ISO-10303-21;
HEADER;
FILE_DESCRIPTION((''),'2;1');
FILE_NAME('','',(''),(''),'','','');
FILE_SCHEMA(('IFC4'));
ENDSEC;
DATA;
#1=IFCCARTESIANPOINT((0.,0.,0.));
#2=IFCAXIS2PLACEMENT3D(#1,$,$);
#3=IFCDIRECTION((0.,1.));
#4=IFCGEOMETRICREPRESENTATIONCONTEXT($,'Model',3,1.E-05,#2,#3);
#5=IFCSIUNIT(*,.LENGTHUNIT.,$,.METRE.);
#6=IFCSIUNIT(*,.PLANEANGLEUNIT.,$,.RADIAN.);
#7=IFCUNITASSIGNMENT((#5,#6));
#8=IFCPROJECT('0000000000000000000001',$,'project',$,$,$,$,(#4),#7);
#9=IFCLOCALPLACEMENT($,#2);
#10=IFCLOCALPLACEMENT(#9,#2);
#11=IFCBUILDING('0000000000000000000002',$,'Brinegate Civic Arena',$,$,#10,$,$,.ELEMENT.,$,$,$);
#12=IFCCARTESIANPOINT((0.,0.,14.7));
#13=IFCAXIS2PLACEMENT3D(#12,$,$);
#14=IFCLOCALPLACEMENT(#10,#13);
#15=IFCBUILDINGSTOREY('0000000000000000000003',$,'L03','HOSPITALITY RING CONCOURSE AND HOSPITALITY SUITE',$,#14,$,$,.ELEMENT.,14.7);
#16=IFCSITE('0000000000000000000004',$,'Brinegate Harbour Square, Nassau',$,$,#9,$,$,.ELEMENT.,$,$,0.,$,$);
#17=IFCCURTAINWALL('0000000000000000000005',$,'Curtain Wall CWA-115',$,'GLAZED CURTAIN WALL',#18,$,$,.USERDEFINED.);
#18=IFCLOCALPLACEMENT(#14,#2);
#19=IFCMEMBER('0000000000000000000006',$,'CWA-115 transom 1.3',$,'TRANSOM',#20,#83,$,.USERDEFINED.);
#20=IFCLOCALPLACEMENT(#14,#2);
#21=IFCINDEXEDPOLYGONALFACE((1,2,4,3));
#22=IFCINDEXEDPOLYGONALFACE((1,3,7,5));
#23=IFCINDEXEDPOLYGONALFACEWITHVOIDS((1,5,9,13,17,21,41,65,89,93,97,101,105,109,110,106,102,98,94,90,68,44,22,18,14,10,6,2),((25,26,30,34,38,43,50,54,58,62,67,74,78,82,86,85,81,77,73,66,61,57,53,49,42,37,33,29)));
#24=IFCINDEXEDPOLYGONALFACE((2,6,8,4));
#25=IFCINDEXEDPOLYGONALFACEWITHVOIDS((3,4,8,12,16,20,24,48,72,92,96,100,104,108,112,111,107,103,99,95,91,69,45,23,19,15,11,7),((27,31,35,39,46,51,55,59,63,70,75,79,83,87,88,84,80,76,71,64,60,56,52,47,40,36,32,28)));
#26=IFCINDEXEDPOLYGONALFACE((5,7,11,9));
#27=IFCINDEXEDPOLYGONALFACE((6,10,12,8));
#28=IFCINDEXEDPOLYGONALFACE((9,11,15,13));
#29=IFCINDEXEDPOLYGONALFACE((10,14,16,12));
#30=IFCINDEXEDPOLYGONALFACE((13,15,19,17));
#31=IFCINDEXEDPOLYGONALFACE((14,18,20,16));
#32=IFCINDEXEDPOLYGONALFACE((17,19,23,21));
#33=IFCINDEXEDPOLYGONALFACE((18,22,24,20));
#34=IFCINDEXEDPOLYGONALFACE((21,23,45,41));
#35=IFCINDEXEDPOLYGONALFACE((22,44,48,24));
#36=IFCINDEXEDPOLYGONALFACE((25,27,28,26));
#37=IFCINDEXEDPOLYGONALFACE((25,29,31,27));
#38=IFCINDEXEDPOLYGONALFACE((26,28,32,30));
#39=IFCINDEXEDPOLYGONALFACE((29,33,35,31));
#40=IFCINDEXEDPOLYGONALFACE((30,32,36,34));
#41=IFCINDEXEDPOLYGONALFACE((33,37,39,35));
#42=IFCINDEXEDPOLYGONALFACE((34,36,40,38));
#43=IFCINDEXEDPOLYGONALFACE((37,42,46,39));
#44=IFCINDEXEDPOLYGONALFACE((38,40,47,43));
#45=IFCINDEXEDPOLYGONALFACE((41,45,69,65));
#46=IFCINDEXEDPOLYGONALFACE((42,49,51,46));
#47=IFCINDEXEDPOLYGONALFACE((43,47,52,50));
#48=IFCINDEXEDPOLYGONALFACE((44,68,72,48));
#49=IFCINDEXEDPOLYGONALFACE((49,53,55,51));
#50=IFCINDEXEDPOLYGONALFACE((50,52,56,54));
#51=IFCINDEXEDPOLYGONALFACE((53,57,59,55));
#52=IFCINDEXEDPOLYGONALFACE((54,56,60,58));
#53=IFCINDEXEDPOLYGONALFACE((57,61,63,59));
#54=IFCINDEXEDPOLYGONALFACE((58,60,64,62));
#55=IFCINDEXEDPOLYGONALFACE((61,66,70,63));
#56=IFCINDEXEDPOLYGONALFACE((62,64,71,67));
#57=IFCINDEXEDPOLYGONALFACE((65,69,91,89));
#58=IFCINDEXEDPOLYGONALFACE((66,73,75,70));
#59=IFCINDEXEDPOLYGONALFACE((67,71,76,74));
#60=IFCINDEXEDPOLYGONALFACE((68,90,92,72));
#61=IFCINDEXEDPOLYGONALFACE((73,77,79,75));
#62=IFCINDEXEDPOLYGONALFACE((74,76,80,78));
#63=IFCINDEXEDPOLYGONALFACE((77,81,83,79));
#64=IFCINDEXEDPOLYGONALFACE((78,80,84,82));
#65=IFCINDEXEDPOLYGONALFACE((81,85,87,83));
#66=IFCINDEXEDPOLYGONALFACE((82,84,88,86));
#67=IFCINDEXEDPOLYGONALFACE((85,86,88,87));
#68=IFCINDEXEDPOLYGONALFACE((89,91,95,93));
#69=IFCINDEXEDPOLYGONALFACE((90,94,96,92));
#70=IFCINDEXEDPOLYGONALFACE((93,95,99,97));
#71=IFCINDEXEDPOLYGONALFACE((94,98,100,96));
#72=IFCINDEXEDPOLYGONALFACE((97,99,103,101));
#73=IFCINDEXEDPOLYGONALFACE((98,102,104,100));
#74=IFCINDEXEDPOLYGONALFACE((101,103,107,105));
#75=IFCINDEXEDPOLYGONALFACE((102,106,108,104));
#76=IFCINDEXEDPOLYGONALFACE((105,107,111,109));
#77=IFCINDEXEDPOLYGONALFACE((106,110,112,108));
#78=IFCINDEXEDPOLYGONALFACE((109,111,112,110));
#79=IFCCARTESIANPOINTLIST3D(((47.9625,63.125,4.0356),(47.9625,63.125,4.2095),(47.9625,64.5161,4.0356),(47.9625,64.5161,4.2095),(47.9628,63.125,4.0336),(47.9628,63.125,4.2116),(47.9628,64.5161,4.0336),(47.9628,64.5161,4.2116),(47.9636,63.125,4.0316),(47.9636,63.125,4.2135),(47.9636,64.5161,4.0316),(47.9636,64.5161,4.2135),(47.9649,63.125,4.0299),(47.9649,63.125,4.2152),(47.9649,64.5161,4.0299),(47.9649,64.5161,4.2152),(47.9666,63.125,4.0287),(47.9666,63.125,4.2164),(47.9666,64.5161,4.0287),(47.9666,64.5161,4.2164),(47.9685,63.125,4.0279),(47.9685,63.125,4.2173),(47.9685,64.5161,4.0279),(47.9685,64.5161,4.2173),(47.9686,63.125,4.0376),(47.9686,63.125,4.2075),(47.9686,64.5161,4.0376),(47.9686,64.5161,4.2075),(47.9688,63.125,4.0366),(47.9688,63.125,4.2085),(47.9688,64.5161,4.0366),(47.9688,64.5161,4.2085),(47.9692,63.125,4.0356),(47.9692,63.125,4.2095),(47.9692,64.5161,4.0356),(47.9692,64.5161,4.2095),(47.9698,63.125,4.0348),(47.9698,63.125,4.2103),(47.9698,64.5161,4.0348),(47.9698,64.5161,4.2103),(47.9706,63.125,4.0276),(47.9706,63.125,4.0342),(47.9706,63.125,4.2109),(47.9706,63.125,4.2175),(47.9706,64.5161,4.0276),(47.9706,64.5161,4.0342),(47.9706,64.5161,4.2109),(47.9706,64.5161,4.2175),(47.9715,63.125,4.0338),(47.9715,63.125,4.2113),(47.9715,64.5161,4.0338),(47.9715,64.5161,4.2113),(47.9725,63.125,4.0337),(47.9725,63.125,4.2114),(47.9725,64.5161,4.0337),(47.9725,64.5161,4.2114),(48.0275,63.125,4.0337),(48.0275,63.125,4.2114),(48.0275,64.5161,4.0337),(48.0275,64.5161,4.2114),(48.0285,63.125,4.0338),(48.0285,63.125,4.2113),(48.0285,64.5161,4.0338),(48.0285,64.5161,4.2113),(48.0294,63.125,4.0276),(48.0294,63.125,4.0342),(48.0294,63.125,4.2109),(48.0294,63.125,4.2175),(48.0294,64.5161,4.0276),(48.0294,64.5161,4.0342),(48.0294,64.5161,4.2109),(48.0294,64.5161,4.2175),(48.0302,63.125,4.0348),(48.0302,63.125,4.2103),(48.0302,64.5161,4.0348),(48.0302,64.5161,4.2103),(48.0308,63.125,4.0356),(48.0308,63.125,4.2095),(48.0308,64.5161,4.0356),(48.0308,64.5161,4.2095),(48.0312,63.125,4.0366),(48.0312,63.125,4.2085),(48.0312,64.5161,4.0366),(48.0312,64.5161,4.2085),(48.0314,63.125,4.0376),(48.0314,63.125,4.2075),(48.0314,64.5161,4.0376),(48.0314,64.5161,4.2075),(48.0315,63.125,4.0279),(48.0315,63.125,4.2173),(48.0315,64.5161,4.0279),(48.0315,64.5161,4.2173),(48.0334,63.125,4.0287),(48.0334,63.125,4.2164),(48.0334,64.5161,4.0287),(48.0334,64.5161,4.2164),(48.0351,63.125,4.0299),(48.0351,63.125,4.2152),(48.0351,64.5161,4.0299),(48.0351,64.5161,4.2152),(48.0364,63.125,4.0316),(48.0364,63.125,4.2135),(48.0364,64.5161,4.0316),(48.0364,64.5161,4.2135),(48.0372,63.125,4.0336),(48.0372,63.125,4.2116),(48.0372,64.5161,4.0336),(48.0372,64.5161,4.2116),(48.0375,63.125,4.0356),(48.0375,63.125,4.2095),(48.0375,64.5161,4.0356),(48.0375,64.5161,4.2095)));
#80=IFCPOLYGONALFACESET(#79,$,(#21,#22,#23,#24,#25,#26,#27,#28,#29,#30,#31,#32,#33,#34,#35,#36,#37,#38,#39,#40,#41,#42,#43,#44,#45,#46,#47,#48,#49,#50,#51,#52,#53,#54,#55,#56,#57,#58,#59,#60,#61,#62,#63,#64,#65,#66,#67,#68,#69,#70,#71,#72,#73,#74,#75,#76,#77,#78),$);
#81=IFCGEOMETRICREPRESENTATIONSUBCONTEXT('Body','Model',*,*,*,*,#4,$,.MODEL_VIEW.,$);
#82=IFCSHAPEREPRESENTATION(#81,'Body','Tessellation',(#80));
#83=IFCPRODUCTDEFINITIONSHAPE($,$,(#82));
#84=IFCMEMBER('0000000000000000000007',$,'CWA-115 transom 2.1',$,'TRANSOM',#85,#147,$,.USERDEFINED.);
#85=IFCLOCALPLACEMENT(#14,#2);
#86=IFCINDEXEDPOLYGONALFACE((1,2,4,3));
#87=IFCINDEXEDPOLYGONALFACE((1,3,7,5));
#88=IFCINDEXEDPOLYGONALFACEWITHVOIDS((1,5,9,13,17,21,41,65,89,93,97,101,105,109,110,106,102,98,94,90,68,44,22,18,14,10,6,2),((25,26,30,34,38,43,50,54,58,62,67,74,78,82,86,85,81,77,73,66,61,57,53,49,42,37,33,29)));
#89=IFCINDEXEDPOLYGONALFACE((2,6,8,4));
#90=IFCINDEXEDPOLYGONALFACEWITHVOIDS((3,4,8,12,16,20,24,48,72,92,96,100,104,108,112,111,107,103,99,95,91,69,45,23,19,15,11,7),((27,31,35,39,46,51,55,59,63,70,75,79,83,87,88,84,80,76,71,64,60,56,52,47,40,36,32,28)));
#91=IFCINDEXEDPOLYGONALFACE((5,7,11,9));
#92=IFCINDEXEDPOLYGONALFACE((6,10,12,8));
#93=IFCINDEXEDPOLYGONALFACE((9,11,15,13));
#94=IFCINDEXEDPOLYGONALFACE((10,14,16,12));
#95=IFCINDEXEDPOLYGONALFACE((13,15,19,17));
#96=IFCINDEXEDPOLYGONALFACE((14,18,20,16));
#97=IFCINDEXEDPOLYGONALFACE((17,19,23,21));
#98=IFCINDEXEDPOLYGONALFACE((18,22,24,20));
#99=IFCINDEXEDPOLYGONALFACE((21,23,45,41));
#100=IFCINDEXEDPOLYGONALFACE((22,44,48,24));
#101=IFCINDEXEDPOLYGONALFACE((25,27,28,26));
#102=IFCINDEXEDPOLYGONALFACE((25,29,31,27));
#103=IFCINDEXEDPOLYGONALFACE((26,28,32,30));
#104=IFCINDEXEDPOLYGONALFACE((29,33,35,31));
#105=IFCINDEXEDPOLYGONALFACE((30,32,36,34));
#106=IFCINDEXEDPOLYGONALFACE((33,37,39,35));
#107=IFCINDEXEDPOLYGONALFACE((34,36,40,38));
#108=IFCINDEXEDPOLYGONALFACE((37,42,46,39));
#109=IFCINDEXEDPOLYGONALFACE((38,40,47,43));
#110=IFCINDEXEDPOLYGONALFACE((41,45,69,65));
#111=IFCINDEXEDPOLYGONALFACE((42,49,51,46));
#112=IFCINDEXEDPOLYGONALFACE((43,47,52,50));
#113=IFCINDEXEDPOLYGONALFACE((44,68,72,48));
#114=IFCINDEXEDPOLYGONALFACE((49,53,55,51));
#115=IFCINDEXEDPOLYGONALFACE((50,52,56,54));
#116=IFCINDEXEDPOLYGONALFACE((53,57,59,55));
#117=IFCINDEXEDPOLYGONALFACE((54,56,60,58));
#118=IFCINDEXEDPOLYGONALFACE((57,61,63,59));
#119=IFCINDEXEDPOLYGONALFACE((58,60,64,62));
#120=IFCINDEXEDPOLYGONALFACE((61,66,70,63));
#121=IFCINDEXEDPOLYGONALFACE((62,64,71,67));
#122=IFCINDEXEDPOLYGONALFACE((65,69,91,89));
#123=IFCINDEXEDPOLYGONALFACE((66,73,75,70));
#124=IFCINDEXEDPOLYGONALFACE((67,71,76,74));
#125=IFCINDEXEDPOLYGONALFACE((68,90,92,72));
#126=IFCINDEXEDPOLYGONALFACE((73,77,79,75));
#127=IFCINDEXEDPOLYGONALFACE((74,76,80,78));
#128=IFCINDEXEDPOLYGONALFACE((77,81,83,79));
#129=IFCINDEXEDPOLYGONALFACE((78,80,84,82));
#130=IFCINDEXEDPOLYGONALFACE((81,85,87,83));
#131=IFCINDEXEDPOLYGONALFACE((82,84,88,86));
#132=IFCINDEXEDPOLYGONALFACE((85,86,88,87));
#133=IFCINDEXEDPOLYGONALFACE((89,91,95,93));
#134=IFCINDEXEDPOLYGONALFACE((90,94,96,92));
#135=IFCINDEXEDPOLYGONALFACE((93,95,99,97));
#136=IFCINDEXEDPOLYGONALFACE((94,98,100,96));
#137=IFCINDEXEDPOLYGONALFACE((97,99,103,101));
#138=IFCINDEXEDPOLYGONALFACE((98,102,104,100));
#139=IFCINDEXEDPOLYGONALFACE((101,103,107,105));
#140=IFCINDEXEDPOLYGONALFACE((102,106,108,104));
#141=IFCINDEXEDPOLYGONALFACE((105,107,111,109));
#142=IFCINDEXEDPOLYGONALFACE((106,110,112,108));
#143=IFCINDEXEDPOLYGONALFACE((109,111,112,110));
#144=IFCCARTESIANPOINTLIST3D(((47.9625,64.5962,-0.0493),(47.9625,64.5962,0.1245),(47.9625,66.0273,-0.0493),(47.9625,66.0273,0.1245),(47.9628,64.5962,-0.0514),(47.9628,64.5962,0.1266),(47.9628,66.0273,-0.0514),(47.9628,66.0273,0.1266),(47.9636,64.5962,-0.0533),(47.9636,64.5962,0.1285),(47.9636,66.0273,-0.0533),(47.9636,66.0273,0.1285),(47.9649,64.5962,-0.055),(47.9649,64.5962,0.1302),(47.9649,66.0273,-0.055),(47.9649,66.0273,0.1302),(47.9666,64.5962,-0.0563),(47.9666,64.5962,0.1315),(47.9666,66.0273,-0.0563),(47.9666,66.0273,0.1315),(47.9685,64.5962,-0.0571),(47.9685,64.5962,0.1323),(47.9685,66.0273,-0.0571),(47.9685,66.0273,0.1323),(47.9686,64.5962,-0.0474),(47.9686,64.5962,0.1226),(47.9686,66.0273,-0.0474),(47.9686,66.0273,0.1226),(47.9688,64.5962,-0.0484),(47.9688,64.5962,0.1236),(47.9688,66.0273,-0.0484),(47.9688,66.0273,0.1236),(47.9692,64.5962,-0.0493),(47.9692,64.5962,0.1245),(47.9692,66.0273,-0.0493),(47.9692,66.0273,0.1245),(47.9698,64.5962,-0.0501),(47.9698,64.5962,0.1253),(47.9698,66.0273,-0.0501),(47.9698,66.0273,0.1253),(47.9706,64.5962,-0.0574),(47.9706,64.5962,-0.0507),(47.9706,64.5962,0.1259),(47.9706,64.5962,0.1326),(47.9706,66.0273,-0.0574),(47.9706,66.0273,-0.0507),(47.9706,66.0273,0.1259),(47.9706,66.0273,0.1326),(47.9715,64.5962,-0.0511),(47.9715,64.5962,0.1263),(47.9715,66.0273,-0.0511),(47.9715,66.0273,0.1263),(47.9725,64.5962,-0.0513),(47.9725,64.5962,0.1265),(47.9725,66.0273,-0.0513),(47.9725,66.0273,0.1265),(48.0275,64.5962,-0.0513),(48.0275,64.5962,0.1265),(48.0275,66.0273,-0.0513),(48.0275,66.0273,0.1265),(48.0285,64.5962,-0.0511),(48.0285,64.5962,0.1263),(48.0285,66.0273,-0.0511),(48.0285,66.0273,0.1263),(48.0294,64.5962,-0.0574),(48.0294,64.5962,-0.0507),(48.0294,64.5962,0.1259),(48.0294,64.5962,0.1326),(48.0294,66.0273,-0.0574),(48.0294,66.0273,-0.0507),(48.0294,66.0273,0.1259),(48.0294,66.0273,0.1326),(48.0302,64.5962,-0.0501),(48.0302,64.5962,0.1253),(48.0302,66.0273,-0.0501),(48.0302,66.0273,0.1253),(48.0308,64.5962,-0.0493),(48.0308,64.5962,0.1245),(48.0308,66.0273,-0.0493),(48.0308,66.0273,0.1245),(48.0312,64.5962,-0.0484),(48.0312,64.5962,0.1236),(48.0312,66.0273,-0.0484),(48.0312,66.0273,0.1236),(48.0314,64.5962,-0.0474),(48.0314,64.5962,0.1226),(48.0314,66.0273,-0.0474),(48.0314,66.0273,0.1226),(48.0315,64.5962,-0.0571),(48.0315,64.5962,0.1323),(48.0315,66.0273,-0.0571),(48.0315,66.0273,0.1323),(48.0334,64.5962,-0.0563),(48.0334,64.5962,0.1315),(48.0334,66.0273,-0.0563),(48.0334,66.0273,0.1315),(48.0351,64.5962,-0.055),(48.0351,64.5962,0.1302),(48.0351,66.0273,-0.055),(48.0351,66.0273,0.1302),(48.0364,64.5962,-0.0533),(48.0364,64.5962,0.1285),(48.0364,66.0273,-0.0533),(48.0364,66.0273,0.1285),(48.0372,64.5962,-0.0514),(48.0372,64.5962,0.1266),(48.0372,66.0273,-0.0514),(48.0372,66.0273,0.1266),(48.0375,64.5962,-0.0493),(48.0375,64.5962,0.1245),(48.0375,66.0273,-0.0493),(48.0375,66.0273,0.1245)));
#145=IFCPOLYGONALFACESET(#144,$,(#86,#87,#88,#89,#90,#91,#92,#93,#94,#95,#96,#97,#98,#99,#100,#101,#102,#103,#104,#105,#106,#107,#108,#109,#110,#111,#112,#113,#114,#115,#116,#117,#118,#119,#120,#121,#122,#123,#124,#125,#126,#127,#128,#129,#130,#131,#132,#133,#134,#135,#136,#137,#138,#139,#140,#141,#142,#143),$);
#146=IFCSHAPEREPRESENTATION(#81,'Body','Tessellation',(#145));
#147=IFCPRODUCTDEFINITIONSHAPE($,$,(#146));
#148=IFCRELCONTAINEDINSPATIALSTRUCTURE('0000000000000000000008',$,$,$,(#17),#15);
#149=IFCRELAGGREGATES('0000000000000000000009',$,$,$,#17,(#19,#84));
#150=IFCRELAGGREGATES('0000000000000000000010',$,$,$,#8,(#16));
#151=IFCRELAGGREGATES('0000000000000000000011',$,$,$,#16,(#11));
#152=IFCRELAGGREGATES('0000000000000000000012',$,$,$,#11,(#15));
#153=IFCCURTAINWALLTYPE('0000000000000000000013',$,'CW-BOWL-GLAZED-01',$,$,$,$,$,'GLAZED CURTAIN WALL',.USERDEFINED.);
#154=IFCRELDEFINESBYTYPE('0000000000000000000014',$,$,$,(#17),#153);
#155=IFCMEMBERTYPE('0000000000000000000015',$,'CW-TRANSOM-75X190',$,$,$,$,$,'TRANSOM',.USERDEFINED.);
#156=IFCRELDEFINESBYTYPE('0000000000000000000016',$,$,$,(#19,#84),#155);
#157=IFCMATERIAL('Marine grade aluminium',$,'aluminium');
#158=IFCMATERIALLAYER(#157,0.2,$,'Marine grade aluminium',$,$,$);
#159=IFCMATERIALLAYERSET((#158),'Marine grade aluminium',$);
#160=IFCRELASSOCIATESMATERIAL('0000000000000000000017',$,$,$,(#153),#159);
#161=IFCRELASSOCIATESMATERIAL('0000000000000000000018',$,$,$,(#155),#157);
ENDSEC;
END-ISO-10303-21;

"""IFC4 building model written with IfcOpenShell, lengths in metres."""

from ifc_helpers import new_model, si_unit, direction, frame, origin, origin_2d, place, context, subcontext, project, spatial, hollow_rectangle, extrude, material, layer, layer_set, material_profile, profile_set, type_object, element, aggregate, save


model = new_model("IFC4")

# Units and contexts
model_context = context("Model", 3, precision=1e-05, world=origin(), true_north=direction((0.0, 1.0)))
body_context = subcontext(model_context, "Body", "Model", "MODEL_VIEW")
ifc_project = project(units=[si_unit("LENGTHUNIT", "METRE"), si_unit("PLANEANGLEUNIT", "RADIAN")], contexts=[model_context])

# Site, building, storey
site_placement = place(None, origin())
site = spatial("IfcSite", under=ifc_project, at=site_placement, Name="Brinegate Harbour Square, Nassau", CompositionType="ELEMENT", RefElevation=0.0)
building_placement = place(site_placement, origin())
building = spatial("IfcBuilding", under=site, at=building_placement, Name="Brinegate Civic Arena", CompositionType="ELEMENT")
storey_placement = place(building_placement, frame((0.0, 0.0, 14.7)))
storey = spatial("IfcBuildingStorey", under=building, at=storey_placement, Name="L03", Description="HOSPITALITY RING CONCOURSE AND HOSPITALITY SUITE", CompositionType="ELEMENT", Elevation=14.7)

# Curtain wall
ifc_material_1 = material(Name="Marine grade aluminium", Category="aluminium")
ifc_layer_1 = layer(ifc_material_1, 0.2, Name="Marine grade aluminium")
ifc_layer_set_1 = layer_set([ifc_layer_1], Name="Marine grade aluminium")
curtain_wall_type = type_object("IfcCurtainWallType", Name="CW-BOWL-GLAZED-01", ElementType="GLAZED CURTAIN WALL", PredefinedType="USERDEFINED", material=ifc_layer_set_1)
curtain_wall_1_placement = place(storey_placement, origin())
curtain_wall_1 = element("IfcCurtainWall", 1, at=curtain_wall_1_placement, inside=storey, type_object=curtain_wall_type, Name="Curtain Wall CWA-115", ObjectType="GLAZED CURTAIN WALL", PredefinedType="USERDEFINED")

# Members
ifc_material_profile_1 = material_profile(ifc_material_1, hollow_rectangle(XDim=0.075, YDim=0.1899, WallThickness=0.0061, InnerFilletRadius=0.0039, OuterFilletRadius=0.0081, at=origin_2d()), Name="TRN75X190")
ifc_profile_set_1 = profile_set([ifc_material_profile_1], Name="Marine grade aluminium")
member_type_1 = type_object("IfcMemberType", Name="CW-TRANSOM-75X190", ElementType="TRANSOM", PredefinedType="USERDEFINED", material=ifc_profile_set_1)
member_1_placement = place(storey_placement, frame((48.0, 63.125, 4.1226), z_axis=(0.0, 1.0, 0.0), x_axis=(-1.0, 0.0, 0.0)))
member_1 = element("IfcMember", 2, at=member_1_placement, type_object=member_type_1, Name="CWA-115 transom 1.3", ObjectType="TRANSOM", PredefinedType="USERDEFINED", context=body_context, shape_type="SweptSolid", body=[
    extrude(hollow_rectangle(XDim=0.075, YDim=0.1899, WallThickness=0.0061, InnerFilletRadius=0.0039, OuterFilletRadius=0.0081, at=origin_2d()), origin(), (0.0, 0.0, 1.0), 1.3911),
])
member_2_placement = place(storey_placement, frame((48.0, 64.5962, 0.0376), z_axis=(0.0, 1.0, 0.0), x_axis=(-1.0, 0.0, 0.0)))
member_2 = element("IfcMember", 3, at=member_2_placement, type_object=member_type_1, Name="CWA-115 transom 2.1", ObjectType="TRANSOM", PredefinedType="USERDEFINED", context=body_context, shape_type="SweptSolid", body=[
    extrude(hollow_rectangle(XDim=0.075, YDim=0.1899, WallThickness=0.0061, InnerFilletRadius=0.0039, OuterFilletRadius=0.0081, at=origin_2d()), origin(), (0.0, 0.0, 1.0), 1.4312),
])

aggregate(curtain_wall_1, [member_1, member_2])

save(model, "model.ifc")
